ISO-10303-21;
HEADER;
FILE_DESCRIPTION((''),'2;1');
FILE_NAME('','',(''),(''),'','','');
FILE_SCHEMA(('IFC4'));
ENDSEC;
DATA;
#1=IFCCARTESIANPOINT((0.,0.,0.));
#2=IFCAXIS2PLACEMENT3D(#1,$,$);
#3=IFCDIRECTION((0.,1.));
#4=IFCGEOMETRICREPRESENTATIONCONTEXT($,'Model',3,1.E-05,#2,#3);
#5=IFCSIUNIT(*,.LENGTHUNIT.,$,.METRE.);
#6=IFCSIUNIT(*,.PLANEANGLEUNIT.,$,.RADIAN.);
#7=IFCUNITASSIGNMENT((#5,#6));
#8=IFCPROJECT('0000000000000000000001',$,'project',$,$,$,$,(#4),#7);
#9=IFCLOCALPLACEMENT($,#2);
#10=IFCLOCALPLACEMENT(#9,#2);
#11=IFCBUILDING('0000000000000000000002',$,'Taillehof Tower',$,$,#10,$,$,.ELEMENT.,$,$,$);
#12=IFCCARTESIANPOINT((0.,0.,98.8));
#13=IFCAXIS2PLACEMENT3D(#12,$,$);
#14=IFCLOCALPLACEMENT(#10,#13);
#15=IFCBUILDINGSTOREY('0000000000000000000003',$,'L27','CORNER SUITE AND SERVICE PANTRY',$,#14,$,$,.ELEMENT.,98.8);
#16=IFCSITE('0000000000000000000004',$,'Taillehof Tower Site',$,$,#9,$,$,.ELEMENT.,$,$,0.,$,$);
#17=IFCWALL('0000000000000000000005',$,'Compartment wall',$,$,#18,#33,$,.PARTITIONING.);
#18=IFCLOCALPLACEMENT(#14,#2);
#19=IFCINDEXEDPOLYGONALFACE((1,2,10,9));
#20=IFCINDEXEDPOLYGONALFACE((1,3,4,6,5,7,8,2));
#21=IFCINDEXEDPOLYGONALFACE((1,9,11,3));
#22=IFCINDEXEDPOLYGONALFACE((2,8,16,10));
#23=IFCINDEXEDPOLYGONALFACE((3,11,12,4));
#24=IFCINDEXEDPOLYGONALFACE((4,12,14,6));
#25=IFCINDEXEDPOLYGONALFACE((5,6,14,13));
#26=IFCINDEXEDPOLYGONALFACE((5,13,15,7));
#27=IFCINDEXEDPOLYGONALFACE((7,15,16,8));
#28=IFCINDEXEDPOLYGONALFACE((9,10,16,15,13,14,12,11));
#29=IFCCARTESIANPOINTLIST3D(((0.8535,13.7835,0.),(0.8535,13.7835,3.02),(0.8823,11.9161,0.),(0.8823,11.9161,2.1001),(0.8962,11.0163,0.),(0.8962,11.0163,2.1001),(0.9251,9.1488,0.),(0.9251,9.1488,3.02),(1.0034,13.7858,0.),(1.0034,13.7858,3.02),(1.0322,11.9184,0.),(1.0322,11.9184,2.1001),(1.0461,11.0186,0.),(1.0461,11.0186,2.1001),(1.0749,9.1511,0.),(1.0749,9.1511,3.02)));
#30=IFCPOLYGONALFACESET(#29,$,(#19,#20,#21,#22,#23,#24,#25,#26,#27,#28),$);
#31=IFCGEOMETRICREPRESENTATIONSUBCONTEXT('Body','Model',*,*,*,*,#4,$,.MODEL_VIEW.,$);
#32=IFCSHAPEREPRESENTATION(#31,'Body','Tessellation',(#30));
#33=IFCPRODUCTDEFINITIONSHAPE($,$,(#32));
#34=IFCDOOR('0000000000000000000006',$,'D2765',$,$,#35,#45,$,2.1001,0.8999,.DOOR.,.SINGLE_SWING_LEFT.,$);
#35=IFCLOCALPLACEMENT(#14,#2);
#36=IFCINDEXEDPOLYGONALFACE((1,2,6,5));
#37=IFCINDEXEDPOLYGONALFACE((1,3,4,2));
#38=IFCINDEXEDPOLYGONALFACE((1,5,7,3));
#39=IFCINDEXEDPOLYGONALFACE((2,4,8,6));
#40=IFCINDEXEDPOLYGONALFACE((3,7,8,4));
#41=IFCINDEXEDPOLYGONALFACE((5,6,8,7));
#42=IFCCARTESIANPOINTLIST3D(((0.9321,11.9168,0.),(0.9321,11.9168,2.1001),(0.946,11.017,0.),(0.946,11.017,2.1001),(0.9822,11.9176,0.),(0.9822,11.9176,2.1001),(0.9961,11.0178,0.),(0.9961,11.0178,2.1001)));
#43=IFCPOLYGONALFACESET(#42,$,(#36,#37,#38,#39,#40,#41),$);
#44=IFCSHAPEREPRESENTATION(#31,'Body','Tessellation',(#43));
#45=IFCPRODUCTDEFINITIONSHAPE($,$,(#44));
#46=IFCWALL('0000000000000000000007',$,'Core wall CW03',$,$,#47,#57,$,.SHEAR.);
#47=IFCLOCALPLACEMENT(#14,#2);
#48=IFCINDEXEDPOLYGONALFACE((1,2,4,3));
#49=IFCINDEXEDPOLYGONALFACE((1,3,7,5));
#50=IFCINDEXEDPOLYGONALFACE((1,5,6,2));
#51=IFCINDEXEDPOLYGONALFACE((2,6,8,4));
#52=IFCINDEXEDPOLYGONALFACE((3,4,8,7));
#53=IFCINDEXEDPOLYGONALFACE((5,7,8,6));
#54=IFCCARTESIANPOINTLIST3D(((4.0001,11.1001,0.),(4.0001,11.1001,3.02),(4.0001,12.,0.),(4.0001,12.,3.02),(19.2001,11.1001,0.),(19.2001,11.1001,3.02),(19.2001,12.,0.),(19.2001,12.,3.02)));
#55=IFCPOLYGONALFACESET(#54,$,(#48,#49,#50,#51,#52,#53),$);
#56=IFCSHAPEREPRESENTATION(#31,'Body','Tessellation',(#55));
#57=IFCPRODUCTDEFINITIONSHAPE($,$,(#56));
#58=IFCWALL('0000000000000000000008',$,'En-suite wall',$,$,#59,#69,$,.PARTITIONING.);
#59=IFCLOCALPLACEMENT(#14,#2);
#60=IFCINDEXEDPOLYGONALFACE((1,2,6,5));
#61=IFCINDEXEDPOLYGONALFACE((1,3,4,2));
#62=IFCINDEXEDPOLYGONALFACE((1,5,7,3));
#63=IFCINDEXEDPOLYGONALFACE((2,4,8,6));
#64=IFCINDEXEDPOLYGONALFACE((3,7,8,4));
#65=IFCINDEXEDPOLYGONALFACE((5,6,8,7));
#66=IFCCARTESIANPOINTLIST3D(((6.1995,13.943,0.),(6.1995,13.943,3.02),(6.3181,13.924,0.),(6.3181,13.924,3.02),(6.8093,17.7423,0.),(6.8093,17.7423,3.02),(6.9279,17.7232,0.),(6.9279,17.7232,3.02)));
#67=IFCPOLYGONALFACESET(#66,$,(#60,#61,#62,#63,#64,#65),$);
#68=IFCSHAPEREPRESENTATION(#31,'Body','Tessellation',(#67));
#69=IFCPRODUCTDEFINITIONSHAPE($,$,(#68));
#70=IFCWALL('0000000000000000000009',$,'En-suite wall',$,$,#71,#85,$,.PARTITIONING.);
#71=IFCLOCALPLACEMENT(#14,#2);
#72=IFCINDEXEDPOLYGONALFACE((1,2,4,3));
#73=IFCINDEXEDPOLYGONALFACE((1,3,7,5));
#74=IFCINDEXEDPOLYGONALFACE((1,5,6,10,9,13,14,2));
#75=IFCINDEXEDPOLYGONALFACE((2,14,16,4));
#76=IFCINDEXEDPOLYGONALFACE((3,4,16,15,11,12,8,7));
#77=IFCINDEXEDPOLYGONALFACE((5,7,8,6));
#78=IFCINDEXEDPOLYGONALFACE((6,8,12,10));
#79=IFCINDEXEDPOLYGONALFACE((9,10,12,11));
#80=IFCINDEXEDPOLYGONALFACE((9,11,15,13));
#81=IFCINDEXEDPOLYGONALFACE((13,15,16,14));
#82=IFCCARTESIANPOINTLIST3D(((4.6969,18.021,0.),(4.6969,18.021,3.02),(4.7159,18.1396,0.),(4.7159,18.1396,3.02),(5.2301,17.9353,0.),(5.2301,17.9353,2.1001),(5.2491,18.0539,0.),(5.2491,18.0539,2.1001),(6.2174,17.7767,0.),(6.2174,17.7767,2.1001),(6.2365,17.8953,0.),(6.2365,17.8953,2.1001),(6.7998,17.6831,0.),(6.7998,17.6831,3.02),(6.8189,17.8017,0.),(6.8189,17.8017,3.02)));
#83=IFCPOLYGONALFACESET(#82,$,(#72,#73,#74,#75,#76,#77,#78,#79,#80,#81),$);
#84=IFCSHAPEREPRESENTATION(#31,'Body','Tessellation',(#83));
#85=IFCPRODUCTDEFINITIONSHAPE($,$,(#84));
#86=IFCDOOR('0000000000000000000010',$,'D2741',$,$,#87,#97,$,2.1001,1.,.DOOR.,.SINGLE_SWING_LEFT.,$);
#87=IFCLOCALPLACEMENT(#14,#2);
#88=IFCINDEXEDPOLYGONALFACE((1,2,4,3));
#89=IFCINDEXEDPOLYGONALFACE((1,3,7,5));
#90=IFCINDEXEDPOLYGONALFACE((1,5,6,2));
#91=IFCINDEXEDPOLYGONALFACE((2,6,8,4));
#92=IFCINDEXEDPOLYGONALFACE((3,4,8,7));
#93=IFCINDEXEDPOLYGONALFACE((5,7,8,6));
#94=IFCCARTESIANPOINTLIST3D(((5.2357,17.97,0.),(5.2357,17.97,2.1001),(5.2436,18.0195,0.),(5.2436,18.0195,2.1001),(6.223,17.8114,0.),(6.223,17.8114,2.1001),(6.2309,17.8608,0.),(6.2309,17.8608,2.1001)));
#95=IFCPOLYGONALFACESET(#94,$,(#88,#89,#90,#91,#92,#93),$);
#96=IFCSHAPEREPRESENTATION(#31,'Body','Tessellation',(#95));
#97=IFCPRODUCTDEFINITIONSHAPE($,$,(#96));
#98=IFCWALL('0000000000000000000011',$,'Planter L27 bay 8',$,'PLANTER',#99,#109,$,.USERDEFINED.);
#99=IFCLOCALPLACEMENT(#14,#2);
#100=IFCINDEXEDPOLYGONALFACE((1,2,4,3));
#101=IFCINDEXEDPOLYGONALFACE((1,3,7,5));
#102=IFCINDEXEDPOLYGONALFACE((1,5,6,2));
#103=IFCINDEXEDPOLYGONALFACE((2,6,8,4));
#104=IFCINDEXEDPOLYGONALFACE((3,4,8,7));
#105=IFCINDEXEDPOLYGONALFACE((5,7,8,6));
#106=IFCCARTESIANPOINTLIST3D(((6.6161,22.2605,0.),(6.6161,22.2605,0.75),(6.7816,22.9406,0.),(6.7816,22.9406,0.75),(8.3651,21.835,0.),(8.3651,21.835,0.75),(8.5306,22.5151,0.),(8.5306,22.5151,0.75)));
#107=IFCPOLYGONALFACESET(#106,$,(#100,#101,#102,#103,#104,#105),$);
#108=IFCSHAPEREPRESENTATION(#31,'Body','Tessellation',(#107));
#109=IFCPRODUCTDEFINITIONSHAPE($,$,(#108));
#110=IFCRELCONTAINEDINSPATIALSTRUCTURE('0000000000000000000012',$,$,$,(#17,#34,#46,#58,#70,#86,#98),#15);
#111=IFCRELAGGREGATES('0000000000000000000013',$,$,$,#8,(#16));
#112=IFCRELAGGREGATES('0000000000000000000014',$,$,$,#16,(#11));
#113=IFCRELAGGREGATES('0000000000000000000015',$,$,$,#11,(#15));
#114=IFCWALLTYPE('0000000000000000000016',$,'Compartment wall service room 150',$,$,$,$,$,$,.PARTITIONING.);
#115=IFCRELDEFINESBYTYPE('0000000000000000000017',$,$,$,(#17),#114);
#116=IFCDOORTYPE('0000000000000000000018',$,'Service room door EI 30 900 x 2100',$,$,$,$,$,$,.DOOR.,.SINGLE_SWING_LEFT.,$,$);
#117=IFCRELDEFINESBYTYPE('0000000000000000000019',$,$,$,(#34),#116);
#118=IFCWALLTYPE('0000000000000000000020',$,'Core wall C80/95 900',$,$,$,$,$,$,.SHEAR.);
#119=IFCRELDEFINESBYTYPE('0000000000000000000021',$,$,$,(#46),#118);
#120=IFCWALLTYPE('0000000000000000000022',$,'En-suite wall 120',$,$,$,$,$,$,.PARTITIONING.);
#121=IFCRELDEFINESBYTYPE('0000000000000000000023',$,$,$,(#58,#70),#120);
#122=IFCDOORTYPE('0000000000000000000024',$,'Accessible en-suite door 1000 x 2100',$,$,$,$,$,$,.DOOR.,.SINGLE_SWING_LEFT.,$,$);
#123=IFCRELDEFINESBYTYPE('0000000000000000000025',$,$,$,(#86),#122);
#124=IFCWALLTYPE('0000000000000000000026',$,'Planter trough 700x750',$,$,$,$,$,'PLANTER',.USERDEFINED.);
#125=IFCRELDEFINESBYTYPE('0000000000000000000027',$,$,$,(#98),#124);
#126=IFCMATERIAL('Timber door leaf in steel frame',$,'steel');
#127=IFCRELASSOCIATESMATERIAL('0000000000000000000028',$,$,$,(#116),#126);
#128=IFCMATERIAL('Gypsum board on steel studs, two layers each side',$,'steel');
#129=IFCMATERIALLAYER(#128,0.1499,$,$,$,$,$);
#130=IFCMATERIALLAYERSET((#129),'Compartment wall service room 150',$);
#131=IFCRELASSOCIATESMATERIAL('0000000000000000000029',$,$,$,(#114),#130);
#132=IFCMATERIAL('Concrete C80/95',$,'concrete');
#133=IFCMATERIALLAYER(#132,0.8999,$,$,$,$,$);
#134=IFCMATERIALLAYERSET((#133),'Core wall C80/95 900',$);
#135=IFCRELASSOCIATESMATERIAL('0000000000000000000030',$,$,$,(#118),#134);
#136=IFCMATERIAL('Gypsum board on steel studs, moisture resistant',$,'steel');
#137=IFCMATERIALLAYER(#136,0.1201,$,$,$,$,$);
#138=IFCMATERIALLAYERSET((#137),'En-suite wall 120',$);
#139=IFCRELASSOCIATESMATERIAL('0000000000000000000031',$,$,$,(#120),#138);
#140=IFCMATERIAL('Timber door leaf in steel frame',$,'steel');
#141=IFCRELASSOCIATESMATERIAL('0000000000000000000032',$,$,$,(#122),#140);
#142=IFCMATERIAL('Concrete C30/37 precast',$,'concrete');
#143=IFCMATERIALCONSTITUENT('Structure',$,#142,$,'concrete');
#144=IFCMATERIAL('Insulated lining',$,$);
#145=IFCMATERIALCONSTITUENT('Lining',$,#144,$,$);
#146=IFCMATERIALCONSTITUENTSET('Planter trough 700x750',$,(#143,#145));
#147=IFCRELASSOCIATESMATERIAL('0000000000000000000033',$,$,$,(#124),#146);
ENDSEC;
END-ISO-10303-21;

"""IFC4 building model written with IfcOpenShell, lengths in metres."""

from ifc_helpers import new_model, si_unit, direction, frame, frame_2d, origin, place, context, subcontext, project, spatial, rectangle, extrude, material, layer, layer_set, constituent, constituent_set, type_object, element, fill, save


model = new_model("IFC4")

# Units and contexts
model_context = context("Model", 3, precision=1e-05, world=origin(), true_north=direction((0.0, 1.0)))
body_context = subcontext(model_context, "Body", "Model", "MODEL_VIEW")
ifc_project = project(units=[si_unit("LENGTHUNIT", "METRE"), si_unit("PLANEANGLEUNIT", "RADIAN")], contexts=[model_context])

# Site, building, storey
site_placement = place(None, origin())
site = spatial("IfcSite", under=ifc_project, at=site_placement, Name="Taillehof Tower Site", CompositionType="ELEMENT", RefElevation=0.0)
building_placement = place(site_placement, origin())
building = spatial("IfcBuilding", under=site, at=building_placement, Name="Taillehof Tower", CompositionType="ELEMENT")
storey_placement = place(building_placement, frame((0.0, 0.0, 98.8)))
storey = spatial("IfcBuildingStorey", under=building, at=storey_placement, Name="L27", Description="CORNER SUITE AND SERVICE PANTRY", CompositionType="ELEMENT", Elevation=98.8)

# Shared definitions
ifc_material_1 = material(Name="Timber door leaf in steel frame", Category="steel")
door_type_1 = type_object("IfcDoorType", Name="Service room door EI 30 900 x 2100", OperationType="SINGLE_SWING_LEFT", PredefinedType="DOOR", material=ifc_material_1)

# Wall, opening, door
ifc_material_2 = material(Name="Gypsum board on steel studs, two layers each side", Category="steel")
ifc_layer_1 = layer(ifc_material_2, 0.1499)
ifc_layer_set_1 = layer_set([ifc_layer_1], Name="Compartment wall service room 150")
wall_type_1 = type_object("IfcWallType", Name="Compartment wall service room 150", PredefinedType="PARTITIONING", material=ifc_layer_set_1)
wall_1_placement = place(storey_placement, frame((0.9285, 13.7847, 0.0), z_axis=(0.0, 0.0, 1.0), x_axis=(0.015432, -0.999881, 0.0)))
wall_1 = element("IfcWall", 1, at=wall_1_placement, inside=storey, type_object=wall_type_1, Name="Compartment wall", PredefinedType="PARTITIONING", context=body_context, shape_type="SweptSolid", body=[
    extrude(rectangle(XDim=4.6353, YDim=0.1499, at=frame_2d((2.3176, 0.0))), origin(), (0.0, 0.0, 1.0), 3.02),
])
opening_1_placement = place(wall_1_placement, frame((1.8677, 0.0, 0.0)))
opening_1 = element("IfcOpeningElement", 2, at=opening_1_placement, cuts=wall_1, PredefinedType="OPENING", context=body_context, shape_type="SweptSolid", body=[
    extrude(rectangle(XDim=0.8999, YDim=2.1001, at=frame_2d((0.45, 1.05))), frame((0.0, 0.085, 0.0), z_axis=(0.0, -1.0, 0.0), x_axis=(1.0, 0.0, 0.0)), (0.0, 0.0, 1.0), 0.1699),
])
door_1_placement = place(opening_1_placement, origin())
door_1 = element("IfcDoor", 3, at=door_1_placement, inside=storey, type_object=door_type_1, Name="D2765", OperationType="SINGLE_SWING_LEFT", OverallHeight=2.1001, OverallWidth=0.8999, PredefinedType="DOOR", context=body_context, shape_type="SweptSolid", body=[
    extrude(rectangle(XDim=0.8999, YDim=2.1001, at=frame_2d((0.45, 1.05))), frame((0.0, 0.0249, 0.0), z_axis=(0.0, -1.0, 0.0), x_axis=(1.0, 0.0, 0.0)), (0.0, 0.0, 1.0), 0.05),
])
fill(opening_1, door_1)

# Walls
ifc_material_3 = material(Name="Concrete C80/95", Category="concrete")
ifc_layer_2 = layer(ifc_material_3, 0.8999)
ifc_layer_set_2 = layer_set([ifc_layer_2], Name="Core wall C80/95 900")
wall_type_2 = type_object("IfcWallType", Name="Core wall C80/95 900", PredefinedType="SHEAR", material=ifc_layer_set_2)
wall_2_placement = place(storey_placement, frame((4.0, 11.55, 0.0), z_axis=(0.0, 0.0, 1.0), x_axis=(1.0, 0.0, 0.0)))
element("IfcWall", 4, at=wall_2_placement, inside=storey, type_object=wall_type_2, Name="Core wall CW03", PredefinedType="SHEAR", context=body_context, shape_type="SweptSolid", body=[
    extrude(rectangle(XDim=15.2, YDim=0.8999, at=frame_2d((7.6001, 0.0))), origin(), (0.0, 0.0, 1.0), 3.02),
])
ifc_material_4 = material(Name="Gypsum board on steel studs, moisture resistant", Category="steel")
ifc_layer_3 = layer(ifc_material_4, 0.1201)
ifc_layer_set_3 = layer_set([ifc_layer_3], Name="En-suite wall 120")
wall_type_3 = type_object("IfcWallType", Name="En-suite wall 120", PredefinedType="PARTITIONING", material=ifc_layer_set_3)
wall_3_placement = place(storey_placement, frame((6.2588, 13.9336, 0.0), z_axis=(0.0, 0.0, 1.0), x_axis=(0.15849, 0.987361, 0.0)))
element("IfcWall", 5, at=wall_3_placement, inside=storey, type_object=wall_type_3, Name="En-suite wall", PredefinedType="PARTITIONING", context=body_context, shape_type="SweptSolid", body=[
    extrude(rectangle(XDim=3.8479, YDim=0.1201, at=frame_2d((1.9238, 0.0))), origin(), (0.0, 0.0, 1.0), 3.02),
])

# Wall, opening, door
wall_4_placement = place(storey_placement, frame((6.8093, 17.7424, 0.0), z_axis=(0.0, 0.0, 1.0), x_axis=(-0.987337, 0.158634, 0.0)))
wall_4 = element("IfcWall", 6, at=wall_4_placement, inside=storey, type_object=wall_type_3, Name="En-suite wall", PredefinedType="PARTITIONING", context=body_context, shape_type="SweptSolid", body=[
    extrude(rectangle(XDim=2.1299, YDim=0.1201, at=frame_2d((1.0649, 0.0))), origin(), (0.0, 0.0, 1.0), 3.02),
])
opening_2_placement = place(wall_4_placement, frame((0.5898, 0.0, 0.0)))
opening_2 = element("IfcOpeningElement", 7, at=opening_2_placement, cuts=wall_4, PredefinedType="OPENING", context=body_context, shape_type="SweptSolid", body=[
    extrude(rectangle(XDim=1.0, YDim=2.1001, at=frame_2d((0.5, 1.05))), frame((0.0, 0.0701, 0.0), z_axis=(0.0, -1.0, 0.0), x_axis=(1.0, 0.0, 0.0)), (0.0, 0.0, 1.0), 0.1401),
])
ifc_material_5 = material(Name="Timber door leaf in steel frame", Category="steel")
door_type_2 = type_object("IfcDoorType", Name="Accessible en-suite door 1000 x 2100", OperationType="SINGLE_SWING_LEFT", PredefinedType="DOOR", material=ifc_material_5)
door_2_placement = place(opening_2_placement, origin())
door_2 = element("IfcDoor", 8, at=door_2_placement, inside=storey, type_object=door_type_2, Name="D2741", OperationType="SINGLE_SWING_LEFT", OverallHeight=2.1001, OverallWidth=1.0, PredefinedType="DOOR", context=body_context, shape_type="SweptSolid", body=[
    extrude(rectangle(XDim=1.0, YDim=2.1001, at=frame_2d((0.5, 1.05))), frame((0.0, 0.0249, 0.0), z_axis=(0.0, -1.0, 0.0), x_axis=(1.0, 0.0, 0.0)), (0.0, 0.0, 1.0), 0.05),
])
fill(opening_2, door_2)

# Wall
ifc_material_6 = material(Name="Concrete C30/37 precast", Category="concrete")
ifc_constituent_1 = constituent(ifc_material_6, Name="Structure", Category="concrete")
ifc_material_7 = material(Name="Insulated lining")
ifc_constituent_2 = constituent(ifc_material_7, Name="Lining")
ifc_constituent_set = constituent_set(constituents=[ifc_constituent_1, ifc_constituent_2], Name="Planter trough 700x750")
wall_type_4 = type_object("IfcWallType", Name="Planter trough 700x750", ElementType="PLANTER", PredefinedType="USERDEFINED", material=ifc_constituent_set)
wall_5_placement = place(storey_placement, frame((8.4478, 22.175, 0.0), z_axis=(0.0, 0.0, 1.0), x_axis=(-0.971655, 0.236403, 0.0)))
element("IfcWall", 9, at=wall_5_placement, inside=storey, type_object=wall_type_4, Name="Planter L27 bay 8", ObjectType="PLANTER", PredefinedType="USERDEFINED", context=body_context, shape_type="SweptSolid", body=[
    extrude(rectangle(XDim=1.8, YDim=0.7, at=frame_2d((0.8999, 0.0))), origin(), (0.0, 0.0, 1.0), 0.75),
])

save(model, "model.ifc")
